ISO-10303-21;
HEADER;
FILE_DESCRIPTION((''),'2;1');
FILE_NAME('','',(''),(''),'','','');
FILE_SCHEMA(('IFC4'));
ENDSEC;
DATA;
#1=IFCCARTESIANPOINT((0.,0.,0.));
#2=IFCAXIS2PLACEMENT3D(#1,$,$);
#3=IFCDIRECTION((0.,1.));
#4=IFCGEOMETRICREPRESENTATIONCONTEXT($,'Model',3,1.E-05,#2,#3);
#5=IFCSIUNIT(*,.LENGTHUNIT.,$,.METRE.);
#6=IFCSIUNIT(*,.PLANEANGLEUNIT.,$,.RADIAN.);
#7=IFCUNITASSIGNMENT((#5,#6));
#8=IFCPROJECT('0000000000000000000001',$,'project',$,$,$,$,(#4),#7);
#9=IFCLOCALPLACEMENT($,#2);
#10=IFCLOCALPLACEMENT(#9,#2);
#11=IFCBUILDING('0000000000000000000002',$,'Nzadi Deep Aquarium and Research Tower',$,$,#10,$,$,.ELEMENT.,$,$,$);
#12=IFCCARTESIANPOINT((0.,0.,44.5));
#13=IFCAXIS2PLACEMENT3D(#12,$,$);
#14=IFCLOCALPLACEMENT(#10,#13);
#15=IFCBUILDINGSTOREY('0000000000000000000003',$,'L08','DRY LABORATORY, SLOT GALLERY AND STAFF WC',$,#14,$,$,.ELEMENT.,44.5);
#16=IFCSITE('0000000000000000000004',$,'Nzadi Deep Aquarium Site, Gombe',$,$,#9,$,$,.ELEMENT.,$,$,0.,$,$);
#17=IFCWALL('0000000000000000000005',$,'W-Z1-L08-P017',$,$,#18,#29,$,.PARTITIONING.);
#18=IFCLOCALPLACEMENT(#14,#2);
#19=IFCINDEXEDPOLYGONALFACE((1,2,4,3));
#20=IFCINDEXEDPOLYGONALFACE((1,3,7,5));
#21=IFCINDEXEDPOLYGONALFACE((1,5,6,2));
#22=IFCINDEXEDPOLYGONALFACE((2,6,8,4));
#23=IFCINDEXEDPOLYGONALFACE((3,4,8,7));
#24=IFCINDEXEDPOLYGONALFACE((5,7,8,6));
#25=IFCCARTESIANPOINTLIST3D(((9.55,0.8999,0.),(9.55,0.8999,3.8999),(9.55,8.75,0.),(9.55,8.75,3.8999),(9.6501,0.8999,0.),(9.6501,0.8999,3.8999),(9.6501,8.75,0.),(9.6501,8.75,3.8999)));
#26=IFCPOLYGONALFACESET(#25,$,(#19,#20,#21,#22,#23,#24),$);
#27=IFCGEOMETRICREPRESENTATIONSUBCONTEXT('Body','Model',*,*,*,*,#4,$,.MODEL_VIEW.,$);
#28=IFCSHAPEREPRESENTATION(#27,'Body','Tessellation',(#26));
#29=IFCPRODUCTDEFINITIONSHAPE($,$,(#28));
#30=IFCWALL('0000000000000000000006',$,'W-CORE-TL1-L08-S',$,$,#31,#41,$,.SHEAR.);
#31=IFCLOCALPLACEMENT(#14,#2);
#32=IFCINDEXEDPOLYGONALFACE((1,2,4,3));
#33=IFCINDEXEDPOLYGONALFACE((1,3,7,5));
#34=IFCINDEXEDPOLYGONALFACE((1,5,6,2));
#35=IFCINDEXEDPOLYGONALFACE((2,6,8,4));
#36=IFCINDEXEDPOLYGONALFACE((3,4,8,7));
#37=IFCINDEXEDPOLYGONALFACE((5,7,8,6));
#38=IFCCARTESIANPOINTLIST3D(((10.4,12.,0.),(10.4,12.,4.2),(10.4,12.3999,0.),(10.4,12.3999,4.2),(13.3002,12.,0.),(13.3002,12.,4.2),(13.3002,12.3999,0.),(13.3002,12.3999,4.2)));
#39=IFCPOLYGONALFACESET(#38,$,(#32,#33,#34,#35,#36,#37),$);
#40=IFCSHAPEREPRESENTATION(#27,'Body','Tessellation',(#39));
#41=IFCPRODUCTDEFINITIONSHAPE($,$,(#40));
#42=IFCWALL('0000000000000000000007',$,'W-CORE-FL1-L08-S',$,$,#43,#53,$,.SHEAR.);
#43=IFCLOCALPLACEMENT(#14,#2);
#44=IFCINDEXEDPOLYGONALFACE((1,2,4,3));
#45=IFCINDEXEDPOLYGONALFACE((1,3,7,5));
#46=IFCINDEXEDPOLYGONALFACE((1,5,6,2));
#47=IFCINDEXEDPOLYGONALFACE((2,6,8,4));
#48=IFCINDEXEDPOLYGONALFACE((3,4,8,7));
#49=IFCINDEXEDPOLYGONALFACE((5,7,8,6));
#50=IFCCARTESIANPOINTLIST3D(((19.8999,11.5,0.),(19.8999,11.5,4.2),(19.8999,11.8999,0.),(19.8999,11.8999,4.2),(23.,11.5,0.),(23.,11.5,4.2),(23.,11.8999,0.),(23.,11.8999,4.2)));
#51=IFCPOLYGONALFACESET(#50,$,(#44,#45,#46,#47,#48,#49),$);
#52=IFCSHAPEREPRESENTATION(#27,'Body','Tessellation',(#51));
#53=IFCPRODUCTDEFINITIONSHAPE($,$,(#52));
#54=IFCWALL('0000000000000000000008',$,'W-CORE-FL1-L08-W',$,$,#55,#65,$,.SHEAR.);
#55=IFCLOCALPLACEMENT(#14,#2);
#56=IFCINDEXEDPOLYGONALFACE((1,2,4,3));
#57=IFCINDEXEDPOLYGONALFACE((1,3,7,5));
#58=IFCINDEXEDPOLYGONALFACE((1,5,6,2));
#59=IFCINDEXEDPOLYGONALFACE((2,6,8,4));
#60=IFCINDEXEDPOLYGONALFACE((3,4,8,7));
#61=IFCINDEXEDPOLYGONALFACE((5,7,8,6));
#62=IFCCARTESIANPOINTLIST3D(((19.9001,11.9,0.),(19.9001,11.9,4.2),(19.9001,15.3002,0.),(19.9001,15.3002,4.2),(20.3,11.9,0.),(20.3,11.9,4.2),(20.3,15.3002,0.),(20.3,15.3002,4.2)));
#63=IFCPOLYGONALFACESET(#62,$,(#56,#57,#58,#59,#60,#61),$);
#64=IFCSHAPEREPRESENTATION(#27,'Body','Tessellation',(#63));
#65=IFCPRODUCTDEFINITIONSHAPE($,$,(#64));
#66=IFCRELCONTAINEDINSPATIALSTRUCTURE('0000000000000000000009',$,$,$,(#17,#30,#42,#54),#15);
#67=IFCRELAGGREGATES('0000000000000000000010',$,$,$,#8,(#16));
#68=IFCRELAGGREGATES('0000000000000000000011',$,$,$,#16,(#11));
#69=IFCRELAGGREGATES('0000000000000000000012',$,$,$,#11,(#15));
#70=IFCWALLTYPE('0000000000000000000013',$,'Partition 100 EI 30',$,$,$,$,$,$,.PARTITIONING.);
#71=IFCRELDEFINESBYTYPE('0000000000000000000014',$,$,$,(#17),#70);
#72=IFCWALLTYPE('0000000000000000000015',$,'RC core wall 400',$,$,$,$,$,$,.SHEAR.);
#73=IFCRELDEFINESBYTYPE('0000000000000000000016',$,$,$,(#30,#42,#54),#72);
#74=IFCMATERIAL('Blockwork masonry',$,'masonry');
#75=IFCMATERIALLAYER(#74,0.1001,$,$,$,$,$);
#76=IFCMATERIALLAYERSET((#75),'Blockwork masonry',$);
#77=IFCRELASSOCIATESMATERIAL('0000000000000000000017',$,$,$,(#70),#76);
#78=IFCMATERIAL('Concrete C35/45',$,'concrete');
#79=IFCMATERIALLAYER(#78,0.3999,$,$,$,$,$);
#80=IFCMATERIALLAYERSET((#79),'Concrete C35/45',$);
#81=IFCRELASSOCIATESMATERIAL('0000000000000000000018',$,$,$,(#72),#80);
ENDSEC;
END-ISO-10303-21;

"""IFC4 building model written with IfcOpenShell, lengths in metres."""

from ifc_helpers import new_model, si_unit, direction, frame, frame_2d, origin, place, context, subcontext, project, spatial, rectangle, extrude, material, layer, layer_set, type_object, element, save


model = new_model("IFC4")

# Units and contexts
model_context = context("Model", 3, precision=1e-05, world=origin(), true_north=direction((0.0, 1.0)))
body_context = subcontext(model_context, "Body", "Model", "MODEL_VIEW")
ifc_project = project(units=[si_unit("LENGTHUNIT", "METRE"), si_unit("PLANEANGLEUNIT", "RADIAN")], contexts=[model_context])

# Site, building, storey
site_placement = place(None, origin())
site = spatial("IfcSite", under=ifc_project, at=site_placement, Name="Nzadi Deep Aquarium Site, Gombe", CompositionType="ELEMENT", RefElevation=0.0)
building_placement = place(site_placement, origin())
building = spatial("IfcBuilding", under=site, at=building_placement, Name="Nzadi Deep Aquarium and Research Tower", CompositionType="ELEMENT")
storey_placement = place(building_placement, frame((0.0, 0.0, 44.5)))
storey = spatial("IfcBuildingStorey", under=building, at=storey_placement, Name="L08", Description="DRY LABORATORY, SLOT GALLERY AND STAFF WC", CompositionType="ELEMENT", Elevation=44.5)

# Walls
ifc_material_1 = material(Name="Blockwork masonry", Category="masonry")
ifc_layer_1 = layer(ifc_material_1, 0.1001)
ifc_layer_set_1 = layer_set([ifc_layer_1], Name="Blockwork masonry")
wall_type_1 = type_object("IfcWallType", Name="Partition 100 EI 30", PredefinedType="PARTITIONING", material=ifc_layer_set_1)
wall_1_placement = place(storey_placement, frame((9.6001, 0.8999, 0.0), z_axis=(0.0, 0.0, 1.0), x_axis=(0.0, 1.0, 0.0)))
element("IfcWall", 1, at=wall_1_placement, inside=storey, type_object=wall_type_1, Name="W-Z1-L08-P017", PredefinedType="PARTITIONING", context=body_context, shape_type="SweptSolid", body=[
    extrude(rectangle(XDim=7.8501, YDim=0.1001, at=frame_2d((3.925, 0.0))), origin(), (0.0, 0.0, 1.0), 3.8999),
])
ifc_material_2 = material(Name="Concrete C35/45", Category="concrete")
ifc_layer_2 = layer(ifc_material_2, 0.3999)
ifc_layer_set_2 = layer_set([ifc_layer_2], Name="Concrete C35/45")
wall_type_2 = type_object("IfcWallType", Name="RC core wall 400", PredefinedType="SHEAR", material=ifc_layer_set_2)
wall_2_placement = place(storey_placement, frame((10.3999, 12.2, 0.0), z_axis=(0.0, 0.0, 1.0), x_axis=(1.0, 0.0, 0.0)))
element("IfcWall", 2, at=wall_2_placement, inside=storey, type_object=wall_type_2, Name="W-CORE-TL1-L08-S", PredefinedType="SHEAR", context=body_context, shape_type="SweptSolid", body=[
    extrude(rectangle(XDim=2.9001, YDim=0.3999, at=frame_2d((1.4502, 0.0))), origin(), (0.0, 0.0, 1.0), 4.2),
])
wall_3_placement = place(storey_placement, frame((19.8999, 11.7, 0.0), z_axis=(0.0, 0.0, 1.0), x_axis=(1.0, 0.0, 0.0)))
element("IfcWall", 3, at=wall_3_placement, inside=storey, type_object=wall_type_2, Name="W-CORE-FL1-L08-S", PredefinedType="SHEAR", context=body_context, shape_type="SweptSolid", body=[
    extrude(rectangle(XDim=3.1001, YDim=0.3999, at=frame_2d((1.55, 0.0))), origin(), (0.0, 0.0, 1.0), 4.2),
])
wall_4_placement = place(storey_placement, frame((20.1001, 11.8999, 0.0), z_axis=(0.0, 0.0, 1.0), x_axis=(0.0, 1.0, 0.0)))
element("IfcWall", 4, at=wall_4_placement, inside=storey, type_object=wall_type_2, Name="W-CORE-FL1-L08-W", PredefinedType="SHEAR", context=body_context, shape_type="SweptSolid", body=[
    extrude(rectangle(XDim=3.4001, YDim=0.3999, at=frame_2d((1.7002, 0.0))), origin(), (0.0, 0.0, 1.0), 4.2),
])

save(model, "model.ifc")
